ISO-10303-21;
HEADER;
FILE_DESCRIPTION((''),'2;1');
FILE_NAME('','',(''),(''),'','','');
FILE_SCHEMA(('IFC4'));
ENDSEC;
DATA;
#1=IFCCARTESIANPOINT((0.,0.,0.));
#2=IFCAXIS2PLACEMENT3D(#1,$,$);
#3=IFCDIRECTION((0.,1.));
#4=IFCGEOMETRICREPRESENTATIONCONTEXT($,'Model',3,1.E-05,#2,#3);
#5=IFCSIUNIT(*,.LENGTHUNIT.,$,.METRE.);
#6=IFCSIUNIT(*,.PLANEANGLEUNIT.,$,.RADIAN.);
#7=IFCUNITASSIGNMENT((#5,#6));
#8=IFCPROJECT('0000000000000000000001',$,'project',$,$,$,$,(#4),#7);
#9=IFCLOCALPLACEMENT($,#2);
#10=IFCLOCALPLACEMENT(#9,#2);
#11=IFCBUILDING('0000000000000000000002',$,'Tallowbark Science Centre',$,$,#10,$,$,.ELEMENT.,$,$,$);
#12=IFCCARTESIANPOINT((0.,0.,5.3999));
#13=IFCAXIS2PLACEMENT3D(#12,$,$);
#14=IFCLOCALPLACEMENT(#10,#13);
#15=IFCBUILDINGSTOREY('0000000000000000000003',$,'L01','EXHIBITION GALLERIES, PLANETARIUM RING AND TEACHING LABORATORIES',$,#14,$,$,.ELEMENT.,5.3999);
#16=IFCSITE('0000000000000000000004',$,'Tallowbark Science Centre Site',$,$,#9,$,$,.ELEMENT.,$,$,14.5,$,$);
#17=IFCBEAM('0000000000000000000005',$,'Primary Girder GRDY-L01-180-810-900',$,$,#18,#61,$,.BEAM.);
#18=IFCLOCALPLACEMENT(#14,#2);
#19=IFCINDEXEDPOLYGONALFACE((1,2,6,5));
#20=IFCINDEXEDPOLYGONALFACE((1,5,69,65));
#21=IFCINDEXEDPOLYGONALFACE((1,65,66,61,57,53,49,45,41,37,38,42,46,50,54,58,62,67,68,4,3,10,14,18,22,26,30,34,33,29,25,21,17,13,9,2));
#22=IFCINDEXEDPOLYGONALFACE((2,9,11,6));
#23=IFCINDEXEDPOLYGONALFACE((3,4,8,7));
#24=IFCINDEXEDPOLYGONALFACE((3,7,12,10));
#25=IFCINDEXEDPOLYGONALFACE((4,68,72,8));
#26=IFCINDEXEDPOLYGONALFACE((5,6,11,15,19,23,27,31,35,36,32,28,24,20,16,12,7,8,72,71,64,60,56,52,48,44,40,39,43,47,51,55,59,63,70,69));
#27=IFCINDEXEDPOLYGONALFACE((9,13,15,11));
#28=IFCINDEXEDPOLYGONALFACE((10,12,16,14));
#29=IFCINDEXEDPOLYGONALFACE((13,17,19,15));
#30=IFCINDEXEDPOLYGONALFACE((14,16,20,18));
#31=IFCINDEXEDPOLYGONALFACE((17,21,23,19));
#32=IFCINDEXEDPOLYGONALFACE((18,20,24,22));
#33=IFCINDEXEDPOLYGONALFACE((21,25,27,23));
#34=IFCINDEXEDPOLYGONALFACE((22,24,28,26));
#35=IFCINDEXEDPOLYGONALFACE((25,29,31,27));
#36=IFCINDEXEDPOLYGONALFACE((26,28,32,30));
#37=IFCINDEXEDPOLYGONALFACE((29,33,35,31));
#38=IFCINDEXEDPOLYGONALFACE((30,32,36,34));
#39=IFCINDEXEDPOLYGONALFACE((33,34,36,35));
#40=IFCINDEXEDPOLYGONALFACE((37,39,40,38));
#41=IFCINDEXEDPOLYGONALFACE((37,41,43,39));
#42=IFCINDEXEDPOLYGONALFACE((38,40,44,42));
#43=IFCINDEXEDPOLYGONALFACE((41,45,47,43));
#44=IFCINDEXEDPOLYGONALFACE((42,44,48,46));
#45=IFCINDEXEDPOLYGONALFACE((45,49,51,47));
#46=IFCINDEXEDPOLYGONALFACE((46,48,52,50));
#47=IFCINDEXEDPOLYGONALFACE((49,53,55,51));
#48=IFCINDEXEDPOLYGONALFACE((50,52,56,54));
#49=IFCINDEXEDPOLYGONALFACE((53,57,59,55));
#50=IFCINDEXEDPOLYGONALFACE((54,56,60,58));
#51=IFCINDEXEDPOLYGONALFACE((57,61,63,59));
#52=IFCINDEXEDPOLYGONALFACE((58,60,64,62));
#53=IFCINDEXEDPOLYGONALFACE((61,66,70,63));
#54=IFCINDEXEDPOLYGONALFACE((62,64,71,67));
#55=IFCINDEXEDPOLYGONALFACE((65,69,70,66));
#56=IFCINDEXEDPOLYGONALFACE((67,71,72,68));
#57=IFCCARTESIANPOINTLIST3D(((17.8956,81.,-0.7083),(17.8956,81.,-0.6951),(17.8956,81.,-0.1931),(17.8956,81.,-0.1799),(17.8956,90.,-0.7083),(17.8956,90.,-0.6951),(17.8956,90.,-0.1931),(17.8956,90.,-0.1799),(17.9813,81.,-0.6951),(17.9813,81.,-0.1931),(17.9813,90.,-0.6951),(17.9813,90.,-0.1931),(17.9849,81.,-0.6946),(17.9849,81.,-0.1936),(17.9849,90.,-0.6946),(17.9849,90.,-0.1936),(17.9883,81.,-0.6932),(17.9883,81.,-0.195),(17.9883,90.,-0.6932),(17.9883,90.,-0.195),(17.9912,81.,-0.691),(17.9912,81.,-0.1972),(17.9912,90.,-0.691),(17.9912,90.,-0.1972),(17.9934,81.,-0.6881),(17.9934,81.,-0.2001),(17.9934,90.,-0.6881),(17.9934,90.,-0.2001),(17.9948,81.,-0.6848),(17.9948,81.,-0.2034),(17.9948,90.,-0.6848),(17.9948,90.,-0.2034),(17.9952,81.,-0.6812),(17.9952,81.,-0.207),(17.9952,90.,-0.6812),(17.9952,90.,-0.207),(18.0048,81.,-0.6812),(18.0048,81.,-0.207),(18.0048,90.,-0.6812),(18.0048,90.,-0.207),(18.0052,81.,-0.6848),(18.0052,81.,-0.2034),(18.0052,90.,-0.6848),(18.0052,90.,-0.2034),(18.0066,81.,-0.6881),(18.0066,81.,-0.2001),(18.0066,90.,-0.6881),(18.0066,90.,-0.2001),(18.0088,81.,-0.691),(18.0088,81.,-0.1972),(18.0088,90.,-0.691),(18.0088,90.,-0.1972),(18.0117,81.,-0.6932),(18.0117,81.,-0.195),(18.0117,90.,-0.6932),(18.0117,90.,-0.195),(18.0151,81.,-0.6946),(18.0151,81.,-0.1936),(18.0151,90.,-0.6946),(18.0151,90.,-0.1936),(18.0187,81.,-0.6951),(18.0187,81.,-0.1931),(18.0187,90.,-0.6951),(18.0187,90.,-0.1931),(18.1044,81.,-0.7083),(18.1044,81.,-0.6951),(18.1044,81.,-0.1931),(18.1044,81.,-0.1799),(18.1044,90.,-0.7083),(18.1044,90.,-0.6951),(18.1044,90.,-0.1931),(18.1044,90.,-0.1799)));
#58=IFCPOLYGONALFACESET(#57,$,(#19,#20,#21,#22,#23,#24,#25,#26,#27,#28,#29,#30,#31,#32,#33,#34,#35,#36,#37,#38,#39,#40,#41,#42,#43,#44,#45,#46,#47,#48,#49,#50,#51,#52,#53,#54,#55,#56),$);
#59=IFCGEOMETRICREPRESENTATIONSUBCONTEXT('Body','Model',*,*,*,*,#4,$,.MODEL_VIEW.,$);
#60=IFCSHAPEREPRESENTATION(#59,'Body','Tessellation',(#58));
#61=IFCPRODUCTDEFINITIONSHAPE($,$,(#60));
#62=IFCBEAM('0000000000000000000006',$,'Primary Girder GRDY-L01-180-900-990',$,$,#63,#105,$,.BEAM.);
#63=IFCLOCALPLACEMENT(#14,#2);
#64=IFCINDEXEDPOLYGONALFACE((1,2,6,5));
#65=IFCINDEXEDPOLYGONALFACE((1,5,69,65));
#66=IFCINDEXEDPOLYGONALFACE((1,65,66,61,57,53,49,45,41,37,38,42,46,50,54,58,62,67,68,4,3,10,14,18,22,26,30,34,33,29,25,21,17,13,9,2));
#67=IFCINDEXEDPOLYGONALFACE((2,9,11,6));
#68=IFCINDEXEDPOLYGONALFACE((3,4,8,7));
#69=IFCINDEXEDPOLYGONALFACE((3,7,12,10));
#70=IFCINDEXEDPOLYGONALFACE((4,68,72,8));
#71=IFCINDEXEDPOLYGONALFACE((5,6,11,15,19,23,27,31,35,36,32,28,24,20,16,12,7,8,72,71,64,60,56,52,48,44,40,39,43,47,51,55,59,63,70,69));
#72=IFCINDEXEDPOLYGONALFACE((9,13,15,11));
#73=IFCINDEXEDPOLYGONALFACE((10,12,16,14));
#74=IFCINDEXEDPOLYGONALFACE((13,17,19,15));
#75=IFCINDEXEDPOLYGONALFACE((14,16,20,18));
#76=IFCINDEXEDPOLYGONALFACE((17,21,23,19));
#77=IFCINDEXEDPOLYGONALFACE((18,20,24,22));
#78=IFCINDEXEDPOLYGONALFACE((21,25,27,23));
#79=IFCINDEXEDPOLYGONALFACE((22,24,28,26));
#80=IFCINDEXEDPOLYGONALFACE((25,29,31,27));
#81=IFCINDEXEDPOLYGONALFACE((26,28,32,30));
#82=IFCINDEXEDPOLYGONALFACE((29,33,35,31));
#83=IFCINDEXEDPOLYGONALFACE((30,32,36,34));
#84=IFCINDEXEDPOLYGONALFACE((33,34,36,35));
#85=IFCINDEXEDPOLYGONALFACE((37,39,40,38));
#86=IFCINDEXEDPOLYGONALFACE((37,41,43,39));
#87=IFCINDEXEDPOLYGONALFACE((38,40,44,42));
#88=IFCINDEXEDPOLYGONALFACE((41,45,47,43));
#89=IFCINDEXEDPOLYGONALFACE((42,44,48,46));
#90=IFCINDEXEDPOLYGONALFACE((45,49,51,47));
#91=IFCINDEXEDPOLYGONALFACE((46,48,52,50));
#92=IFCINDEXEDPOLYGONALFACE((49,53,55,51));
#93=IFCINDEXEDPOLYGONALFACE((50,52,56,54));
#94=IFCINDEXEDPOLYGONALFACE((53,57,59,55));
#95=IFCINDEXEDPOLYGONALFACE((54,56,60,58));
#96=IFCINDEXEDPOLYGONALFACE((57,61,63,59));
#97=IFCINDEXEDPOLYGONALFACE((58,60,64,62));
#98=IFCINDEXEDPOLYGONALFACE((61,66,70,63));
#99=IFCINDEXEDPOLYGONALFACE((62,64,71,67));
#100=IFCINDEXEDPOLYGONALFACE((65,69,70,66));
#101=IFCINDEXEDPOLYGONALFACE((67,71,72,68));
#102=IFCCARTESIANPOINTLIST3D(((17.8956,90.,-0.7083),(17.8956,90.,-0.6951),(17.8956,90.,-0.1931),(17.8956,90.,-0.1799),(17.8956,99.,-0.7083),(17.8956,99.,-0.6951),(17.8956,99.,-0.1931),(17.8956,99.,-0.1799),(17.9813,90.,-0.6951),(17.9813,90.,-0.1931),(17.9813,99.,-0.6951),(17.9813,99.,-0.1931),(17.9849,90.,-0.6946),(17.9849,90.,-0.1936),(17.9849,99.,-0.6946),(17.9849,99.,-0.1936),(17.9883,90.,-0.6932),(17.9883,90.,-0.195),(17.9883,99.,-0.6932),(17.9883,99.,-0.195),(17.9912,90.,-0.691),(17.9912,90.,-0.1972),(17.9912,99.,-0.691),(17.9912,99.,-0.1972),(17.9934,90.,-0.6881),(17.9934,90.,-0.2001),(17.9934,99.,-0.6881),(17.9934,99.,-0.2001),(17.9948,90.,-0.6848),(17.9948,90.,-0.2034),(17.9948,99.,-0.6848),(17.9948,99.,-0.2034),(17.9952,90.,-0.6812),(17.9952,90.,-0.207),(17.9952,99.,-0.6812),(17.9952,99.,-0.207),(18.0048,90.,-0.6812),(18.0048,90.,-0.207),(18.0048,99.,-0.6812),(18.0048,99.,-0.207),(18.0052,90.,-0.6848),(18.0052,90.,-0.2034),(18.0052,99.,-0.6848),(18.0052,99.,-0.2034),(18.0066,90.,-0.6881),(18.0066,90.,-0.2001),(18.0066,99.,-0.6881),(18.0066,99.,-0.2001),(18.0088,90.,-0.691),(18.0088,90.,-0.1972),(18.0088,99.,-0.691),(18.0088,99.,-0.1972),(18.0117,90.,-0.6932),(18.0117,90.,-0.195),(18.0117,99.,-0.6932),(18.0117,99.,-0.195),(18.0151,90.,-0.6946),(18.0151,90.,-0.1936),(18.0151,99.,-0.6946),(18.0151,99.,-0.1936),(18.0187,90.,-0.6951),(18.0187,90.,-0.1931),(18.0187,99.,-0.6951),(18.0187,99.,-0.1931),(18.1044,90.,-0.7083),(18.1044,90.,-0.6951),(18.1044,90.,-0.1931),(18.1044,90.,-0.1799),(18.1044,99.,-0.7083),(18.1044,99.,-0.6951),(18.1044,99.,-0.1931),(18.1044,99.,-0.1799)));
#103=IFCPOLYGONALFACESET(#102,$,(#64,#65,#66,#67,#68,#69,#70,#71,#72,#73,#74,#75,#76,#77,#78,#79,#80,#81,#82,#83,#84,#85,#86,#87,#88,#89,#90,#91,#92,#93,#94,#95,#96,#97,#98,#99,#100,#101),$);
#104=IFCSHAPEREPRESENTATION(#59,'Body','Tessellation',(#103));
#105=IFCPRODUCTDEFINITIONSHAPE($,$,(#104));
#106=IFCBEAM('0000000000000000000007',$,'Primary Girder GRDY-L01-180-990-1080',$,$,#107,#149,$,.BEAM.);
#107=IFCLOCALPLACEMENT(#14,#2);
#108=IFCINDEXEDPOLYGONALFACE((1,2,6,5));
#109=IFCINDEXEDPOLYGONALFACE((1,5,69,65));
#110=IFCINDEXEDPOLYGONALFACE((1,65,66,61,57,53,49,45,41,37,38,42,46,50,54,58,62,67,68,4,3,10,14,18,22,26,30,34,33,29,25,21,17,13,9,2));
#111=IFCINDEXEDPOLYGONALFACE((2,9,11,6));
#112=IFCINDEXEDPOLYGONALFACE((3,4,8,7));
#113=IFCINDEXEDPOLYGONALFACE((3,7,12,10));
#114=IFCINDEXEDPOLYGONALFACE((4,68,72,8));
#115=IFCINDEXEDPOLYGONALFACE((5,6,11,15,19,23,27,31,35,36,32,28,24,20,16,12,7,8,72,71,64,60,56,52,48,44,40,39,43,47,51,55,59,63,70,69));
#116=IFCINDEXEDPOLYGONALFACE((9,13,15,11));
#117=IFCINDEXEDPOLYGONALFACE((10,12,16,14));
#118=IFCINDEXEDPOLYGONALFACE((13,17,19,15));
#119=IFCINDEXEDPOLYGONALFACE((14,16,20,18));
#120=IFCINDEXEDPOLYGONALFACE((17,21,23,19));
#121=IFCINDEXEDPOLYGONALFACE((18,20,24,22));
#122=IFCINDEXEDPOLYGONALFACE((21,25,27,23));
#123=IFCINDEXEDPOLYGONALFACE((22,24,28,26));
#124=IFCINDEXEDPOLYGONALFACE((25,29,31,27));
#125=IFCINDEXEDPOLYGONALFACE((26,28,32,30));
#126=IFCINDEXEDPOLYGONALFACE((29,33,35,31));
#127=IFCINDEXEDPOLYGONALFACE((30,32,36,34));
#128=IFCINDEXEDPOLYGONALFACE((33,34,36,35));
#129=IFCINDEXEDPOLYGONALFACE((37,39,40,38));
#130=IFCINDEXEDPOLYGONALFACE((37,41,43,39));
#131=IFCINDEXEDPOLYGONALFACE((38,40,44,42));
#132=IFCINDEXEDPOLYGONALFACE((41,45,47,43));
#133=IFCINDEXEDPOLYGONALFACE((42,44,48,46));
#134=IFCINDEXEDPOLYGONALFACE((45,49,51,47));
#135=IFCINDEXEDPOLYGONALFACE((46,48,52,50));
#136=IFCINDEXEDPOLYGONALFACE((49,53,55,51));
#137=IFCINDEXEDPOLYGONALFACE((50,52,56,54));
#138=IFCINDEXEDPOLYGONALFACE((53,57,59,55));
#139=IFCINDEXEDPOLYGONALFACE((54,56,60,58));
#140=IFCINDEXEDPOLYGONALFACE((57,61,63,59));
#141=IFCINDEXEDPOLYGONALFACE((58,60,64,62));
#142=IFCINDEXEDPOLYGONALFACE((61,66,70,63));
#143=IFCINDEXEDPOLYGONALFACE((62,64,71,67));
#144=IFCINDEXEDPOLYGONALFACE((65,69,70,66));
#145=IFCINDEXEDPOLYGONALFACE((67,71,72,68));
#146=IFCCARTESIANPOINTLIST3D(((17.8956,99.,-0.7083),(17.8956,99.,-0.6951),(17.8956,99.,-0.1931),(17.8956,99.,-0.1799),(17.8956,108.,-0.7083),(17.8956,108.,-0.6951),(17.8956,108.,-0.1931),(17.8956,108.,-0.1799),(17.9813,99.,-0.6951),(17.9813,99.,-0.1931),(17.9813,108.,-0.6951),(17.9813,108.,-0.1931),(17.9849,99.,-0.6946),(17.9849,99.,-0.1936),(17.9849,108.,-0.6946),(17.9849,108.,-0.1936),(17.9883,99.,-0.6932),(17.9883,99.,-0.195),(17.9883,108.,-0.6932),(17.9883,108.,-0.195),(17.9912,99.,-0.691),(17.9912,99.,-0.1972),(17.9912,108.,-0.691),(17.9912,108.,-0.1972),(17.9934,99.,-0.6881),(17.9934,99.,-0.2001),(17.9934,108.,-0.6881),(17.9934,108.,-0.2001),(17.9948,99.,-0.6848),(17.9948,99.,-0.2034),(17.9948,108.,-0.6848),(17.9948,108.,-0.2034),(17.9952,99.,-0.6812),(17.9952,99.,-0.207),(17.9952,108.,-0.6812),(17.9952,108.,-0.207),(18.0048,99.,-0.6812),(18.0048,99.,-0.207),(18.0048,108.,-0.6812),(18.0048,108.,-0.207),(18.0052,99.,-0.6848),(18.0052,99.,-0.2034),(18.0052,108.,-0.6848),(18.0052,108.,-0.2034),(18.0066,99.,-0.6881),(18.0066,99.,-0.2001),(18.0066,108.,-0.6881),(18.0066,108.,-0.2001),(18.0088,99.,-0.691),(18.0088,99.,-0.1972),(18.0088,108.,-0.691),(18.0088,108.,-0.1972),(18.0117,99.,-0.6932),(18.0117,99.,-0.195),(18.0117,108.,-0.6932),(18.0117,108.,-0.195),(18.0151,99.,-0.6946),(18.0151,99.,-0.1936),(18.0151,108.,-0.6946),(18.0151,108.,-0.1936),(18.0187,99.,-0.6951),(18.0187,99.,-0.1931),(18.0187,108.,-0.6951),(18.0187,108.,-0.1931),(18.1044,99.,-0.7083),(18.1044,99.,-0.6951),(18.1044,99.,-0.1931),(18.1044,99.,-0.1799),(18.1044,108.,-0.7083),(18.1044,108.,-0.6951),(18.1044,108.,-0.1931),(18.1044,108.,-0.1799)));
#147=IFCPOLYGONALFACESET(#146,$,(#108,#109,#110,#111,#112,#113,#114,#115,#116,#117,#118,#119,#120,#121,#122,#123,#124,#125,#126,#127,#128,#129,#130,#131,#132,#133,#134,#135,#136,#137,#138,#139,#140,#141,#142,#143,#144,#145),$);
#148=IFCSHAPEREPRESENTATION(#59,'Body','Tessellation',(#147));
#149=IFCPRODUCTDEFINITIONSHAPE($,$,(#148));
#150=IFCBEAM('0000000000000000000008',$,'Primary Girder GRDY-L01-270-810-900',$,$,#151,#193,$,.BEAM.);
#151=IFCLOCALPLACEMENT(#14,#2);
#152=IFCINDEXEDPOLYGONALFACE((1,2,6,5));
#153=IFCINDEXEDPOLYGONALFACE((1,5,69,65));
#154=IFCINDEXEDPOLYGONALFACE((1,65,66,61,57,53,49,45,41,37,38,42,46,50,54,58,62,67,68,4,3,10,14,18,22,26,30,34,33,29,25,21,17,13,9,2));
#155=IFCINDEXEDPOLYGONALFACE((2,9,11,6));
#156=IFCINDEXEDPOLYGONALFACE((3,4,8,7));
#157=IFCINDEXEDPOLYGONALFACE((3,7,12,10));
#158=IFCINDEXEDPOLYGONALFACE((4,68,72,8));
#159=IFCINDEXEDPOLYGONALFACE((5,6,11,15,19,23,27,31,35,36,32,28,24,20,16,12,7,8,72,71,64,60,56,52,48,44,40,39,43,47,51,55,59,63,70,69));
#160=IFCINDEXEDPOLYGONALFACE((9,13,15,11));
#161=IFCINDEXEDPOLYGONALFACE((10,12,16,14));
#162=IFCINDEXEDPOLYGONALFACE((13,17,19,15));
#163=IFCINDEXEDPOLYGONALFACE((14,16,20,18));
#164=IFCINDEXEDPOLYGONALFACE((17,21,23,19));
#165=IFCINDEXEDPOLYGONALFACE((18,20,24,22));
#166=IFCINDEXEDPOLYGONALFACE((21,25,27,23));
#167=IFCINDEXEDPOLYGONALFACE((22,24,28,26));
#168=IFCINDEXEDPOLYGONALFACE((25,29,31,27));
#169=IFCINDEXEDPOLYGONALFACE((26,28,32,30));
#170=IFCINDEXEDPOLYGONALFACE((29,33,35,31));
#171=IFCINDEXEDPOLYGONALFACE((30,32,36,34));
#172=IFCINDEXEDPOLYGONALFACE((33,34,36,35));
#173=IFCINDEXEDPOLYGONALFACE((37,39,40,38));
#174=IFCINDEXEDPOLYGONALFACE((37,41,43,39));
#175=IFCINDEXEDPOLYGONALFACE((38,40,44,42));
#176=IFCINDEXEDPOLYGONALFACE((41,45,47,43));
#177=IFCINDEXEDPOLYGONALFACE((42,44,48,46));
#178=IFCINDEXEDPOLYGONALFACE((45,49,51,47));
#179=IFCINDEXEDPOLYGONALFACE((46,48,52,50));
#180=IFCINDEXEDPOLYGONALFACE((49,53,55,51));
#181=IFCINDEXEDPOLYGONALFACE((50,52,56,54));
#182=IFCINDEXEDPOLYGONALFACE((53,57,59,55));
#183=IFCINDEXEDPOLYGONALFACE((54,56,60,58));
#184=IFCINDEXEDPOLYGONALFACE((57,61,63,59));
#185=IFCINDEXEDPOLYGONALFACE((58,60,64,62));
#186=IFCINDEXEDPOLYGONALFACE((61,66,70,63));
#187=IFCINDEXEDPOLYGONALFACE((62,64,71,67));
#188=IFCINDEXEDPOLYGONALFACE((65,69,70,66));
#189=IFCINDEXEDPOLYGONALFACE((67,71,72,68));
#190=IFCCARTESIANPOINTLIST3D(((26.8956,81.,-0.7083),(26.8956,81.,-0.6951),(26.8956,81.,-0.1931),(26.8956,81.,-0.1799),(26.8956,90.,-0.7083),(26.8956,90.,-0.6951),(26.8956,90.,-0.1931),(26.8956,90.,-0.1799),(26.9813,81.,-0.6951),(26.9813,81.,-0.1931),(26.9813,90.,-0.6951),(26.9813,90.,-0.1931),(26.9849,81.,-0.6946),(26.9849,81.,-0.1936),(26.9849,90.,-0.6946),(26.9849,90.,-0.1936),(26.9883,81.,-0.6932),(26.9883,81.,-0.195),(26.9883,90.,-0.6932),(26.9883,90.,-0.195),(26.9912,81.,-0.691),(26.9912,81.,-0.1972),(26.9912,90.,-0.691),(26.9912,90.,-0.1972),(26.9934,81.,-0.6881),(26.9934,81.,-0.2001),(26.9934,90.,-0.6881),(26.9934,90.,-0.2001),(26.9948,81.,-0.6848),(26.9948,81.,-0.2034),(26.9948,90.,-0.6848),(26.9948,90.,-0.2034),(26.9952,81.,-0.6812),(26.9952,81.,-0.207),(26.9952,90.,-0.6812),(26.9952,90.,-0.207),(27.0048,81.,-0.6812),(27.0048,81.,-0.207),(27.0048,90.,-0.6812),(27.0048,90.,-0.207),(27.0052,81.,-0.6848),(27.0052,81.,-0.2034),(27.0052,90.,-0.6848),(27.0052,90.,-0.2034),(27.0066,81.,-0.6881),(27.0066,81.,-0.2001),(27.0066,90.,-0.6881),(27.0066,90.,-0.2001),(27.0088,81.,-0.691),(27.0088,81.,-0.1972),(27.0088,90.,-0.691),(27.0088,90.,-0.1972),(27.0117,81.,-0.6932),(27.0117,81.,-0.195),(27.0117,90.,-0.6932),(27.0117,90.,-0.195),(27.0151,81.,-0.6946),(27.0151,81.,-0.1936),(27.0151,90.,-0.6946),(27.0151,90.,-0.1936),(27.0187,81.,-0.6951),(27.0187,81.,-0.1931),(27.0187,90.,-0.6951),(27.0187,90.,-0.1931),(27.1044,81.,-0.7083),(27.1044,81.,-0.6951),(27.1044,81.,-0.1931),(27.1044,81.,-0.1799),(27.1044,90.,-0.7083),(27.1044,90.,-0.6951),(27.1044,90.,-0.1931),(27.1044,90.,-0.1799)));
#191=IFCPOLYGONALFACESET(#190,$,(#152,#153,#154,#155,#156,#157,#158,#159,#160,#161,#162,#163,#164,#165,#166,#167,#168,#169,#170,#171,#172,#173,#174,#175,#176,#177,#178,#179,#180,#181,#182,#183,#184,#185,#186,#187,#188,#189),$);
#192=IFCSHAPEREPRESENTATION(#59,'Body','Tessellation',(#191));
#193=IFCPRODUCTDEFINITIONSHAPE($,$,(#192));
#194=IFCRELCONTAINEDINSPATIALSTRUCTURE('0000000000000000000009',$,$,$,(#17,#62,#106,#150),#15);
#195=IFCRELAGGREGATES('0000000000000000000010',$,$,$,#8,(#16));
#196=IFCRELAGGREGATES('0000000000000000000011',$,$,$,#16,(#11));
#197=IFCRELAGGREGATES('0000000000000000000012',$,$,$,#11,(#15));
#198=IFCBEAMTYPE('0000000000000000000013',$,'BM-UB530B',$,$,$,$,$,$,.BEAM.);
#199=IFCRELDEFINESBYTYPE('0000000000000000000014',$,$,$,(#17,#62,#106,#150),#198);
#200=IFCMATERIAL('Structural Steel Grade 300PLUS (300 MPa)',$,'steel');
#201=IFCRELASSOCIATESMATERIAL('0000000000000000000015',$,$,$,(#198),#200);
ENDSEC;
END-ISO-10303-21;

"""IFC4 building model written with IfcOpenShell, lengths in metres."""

from ifc_helpers import new_model, si_unit, direction, frame, origin, origin_2d, place, context, subcontext, project, spatial, i_section, extrude, material, material_profile, profile_set, type_object, element, save


model = new_model("IFC4")

# Units and contexts
model_context = context("Model", 3, precision=1e-05, world=origin(), true_north=direction((0.0, 1.0)))
body_context = subcontext(model_context, "Body", "Model", "MODEL_VIEW")
ifc_project = project(units=[si_unit("LENGTHUNIT", "METRE"), si_unit("PLANEANGLEUNIT", "RADIAN")], contexts=[model_context])

# Site, building, storey
site_placement = place(None, origin())
site = spatial("IfcSite", under=ifc_project, at=site_placement, Name="Tallowbark Science Centre Site", CompositionType="ELEMENT", RefElevation=14.5)
building_placement = place(site_placement, origin())
building = spatial("IfcBuilding", under=site, at=building_placement, Name="Tallowbark Science Centre", CompositionType="ELEMENT")
storey_placement = place(building_placement, frame((0.0, 0.0, 5.3999)))
storey = spatial("IfcBuildingStorey", under=building, at=storey_placement, Name="L01", Description="EXHIBITION GALLERIES, PLANETARIUM RING AND TEACHING LABORATORIES", CompositionType="ELEMENT", Elevation=5.3999)

# Shared definitions
ifc_material = material(Name="Structural Steel Grade 300PLUS (300 MPa)", Category="steel")

# Beams
ifc_material_profile_1 = material_profile(ifc_material, i_section(OverallWidth=0.2087, OverallDepth=0.5283, WebThickness=0.0095, FlangeThickness=0.0132, FilletRadius=0.0139, at=origin_2d()), Name="530UB82.0")
ifc_profile_set_1 = profile_set([ifc_material_profile_1], Name="Structural Steel Grade 300PLUS (300 MPa)")
beam_type_1 = type_object("IfcBeamType", Name="BM-UB530B", PredefinedType="BEAM", material=ifc_profile_set_1)
for number, where, z_axis, x_axis, name in (
    (1, (18.0, 81.0, -0.4441), (0.0, 1.0, 0.0), (-1.0, 0.0, 0.0), "Primary Girder GRDY-L01-180-810-900"),
    (2, (18.0, 90.0, -0.4441), (0.0, 1.0, 0.0), (-1.0, 0.0, 0.0), "Primary Girder GRDY-L01-180-900-990"),
    (3, (18.0, 99.0, -0.4441), (0.0, 1.0, 0.0), (-1.0, 0.0, 0.0), "Primary Girder GRDY-L01-180-990-1080"),
    (4, (27.0, 81.0, -0.4441), (0.0, 1.0, 0.0), (-1.0, 0.0, 0.0), "Primary Girder GRDY-L01-270-810-900"),
):
    element("IfcBeam", number, at=place(storey_placement, frame(where, z_axis=z_axis, x_axis=x_axis)), inside=storey, type_object=beam_type_1, Name=name, PredefinedType="BEAM", context=body_context, shape_type="SweptSolid", body=[
        extrude(i_section(OverallWidth=0.2087, OverallDepth=0.5283, WebThickness=0.0095, FlangeThickness=0.0132, FilletRadius=0.0139, at=origin_2d()), origin(), (0.0, 0.0, 1.0), 9.0),
    ])

save(model, "model.ifc")
